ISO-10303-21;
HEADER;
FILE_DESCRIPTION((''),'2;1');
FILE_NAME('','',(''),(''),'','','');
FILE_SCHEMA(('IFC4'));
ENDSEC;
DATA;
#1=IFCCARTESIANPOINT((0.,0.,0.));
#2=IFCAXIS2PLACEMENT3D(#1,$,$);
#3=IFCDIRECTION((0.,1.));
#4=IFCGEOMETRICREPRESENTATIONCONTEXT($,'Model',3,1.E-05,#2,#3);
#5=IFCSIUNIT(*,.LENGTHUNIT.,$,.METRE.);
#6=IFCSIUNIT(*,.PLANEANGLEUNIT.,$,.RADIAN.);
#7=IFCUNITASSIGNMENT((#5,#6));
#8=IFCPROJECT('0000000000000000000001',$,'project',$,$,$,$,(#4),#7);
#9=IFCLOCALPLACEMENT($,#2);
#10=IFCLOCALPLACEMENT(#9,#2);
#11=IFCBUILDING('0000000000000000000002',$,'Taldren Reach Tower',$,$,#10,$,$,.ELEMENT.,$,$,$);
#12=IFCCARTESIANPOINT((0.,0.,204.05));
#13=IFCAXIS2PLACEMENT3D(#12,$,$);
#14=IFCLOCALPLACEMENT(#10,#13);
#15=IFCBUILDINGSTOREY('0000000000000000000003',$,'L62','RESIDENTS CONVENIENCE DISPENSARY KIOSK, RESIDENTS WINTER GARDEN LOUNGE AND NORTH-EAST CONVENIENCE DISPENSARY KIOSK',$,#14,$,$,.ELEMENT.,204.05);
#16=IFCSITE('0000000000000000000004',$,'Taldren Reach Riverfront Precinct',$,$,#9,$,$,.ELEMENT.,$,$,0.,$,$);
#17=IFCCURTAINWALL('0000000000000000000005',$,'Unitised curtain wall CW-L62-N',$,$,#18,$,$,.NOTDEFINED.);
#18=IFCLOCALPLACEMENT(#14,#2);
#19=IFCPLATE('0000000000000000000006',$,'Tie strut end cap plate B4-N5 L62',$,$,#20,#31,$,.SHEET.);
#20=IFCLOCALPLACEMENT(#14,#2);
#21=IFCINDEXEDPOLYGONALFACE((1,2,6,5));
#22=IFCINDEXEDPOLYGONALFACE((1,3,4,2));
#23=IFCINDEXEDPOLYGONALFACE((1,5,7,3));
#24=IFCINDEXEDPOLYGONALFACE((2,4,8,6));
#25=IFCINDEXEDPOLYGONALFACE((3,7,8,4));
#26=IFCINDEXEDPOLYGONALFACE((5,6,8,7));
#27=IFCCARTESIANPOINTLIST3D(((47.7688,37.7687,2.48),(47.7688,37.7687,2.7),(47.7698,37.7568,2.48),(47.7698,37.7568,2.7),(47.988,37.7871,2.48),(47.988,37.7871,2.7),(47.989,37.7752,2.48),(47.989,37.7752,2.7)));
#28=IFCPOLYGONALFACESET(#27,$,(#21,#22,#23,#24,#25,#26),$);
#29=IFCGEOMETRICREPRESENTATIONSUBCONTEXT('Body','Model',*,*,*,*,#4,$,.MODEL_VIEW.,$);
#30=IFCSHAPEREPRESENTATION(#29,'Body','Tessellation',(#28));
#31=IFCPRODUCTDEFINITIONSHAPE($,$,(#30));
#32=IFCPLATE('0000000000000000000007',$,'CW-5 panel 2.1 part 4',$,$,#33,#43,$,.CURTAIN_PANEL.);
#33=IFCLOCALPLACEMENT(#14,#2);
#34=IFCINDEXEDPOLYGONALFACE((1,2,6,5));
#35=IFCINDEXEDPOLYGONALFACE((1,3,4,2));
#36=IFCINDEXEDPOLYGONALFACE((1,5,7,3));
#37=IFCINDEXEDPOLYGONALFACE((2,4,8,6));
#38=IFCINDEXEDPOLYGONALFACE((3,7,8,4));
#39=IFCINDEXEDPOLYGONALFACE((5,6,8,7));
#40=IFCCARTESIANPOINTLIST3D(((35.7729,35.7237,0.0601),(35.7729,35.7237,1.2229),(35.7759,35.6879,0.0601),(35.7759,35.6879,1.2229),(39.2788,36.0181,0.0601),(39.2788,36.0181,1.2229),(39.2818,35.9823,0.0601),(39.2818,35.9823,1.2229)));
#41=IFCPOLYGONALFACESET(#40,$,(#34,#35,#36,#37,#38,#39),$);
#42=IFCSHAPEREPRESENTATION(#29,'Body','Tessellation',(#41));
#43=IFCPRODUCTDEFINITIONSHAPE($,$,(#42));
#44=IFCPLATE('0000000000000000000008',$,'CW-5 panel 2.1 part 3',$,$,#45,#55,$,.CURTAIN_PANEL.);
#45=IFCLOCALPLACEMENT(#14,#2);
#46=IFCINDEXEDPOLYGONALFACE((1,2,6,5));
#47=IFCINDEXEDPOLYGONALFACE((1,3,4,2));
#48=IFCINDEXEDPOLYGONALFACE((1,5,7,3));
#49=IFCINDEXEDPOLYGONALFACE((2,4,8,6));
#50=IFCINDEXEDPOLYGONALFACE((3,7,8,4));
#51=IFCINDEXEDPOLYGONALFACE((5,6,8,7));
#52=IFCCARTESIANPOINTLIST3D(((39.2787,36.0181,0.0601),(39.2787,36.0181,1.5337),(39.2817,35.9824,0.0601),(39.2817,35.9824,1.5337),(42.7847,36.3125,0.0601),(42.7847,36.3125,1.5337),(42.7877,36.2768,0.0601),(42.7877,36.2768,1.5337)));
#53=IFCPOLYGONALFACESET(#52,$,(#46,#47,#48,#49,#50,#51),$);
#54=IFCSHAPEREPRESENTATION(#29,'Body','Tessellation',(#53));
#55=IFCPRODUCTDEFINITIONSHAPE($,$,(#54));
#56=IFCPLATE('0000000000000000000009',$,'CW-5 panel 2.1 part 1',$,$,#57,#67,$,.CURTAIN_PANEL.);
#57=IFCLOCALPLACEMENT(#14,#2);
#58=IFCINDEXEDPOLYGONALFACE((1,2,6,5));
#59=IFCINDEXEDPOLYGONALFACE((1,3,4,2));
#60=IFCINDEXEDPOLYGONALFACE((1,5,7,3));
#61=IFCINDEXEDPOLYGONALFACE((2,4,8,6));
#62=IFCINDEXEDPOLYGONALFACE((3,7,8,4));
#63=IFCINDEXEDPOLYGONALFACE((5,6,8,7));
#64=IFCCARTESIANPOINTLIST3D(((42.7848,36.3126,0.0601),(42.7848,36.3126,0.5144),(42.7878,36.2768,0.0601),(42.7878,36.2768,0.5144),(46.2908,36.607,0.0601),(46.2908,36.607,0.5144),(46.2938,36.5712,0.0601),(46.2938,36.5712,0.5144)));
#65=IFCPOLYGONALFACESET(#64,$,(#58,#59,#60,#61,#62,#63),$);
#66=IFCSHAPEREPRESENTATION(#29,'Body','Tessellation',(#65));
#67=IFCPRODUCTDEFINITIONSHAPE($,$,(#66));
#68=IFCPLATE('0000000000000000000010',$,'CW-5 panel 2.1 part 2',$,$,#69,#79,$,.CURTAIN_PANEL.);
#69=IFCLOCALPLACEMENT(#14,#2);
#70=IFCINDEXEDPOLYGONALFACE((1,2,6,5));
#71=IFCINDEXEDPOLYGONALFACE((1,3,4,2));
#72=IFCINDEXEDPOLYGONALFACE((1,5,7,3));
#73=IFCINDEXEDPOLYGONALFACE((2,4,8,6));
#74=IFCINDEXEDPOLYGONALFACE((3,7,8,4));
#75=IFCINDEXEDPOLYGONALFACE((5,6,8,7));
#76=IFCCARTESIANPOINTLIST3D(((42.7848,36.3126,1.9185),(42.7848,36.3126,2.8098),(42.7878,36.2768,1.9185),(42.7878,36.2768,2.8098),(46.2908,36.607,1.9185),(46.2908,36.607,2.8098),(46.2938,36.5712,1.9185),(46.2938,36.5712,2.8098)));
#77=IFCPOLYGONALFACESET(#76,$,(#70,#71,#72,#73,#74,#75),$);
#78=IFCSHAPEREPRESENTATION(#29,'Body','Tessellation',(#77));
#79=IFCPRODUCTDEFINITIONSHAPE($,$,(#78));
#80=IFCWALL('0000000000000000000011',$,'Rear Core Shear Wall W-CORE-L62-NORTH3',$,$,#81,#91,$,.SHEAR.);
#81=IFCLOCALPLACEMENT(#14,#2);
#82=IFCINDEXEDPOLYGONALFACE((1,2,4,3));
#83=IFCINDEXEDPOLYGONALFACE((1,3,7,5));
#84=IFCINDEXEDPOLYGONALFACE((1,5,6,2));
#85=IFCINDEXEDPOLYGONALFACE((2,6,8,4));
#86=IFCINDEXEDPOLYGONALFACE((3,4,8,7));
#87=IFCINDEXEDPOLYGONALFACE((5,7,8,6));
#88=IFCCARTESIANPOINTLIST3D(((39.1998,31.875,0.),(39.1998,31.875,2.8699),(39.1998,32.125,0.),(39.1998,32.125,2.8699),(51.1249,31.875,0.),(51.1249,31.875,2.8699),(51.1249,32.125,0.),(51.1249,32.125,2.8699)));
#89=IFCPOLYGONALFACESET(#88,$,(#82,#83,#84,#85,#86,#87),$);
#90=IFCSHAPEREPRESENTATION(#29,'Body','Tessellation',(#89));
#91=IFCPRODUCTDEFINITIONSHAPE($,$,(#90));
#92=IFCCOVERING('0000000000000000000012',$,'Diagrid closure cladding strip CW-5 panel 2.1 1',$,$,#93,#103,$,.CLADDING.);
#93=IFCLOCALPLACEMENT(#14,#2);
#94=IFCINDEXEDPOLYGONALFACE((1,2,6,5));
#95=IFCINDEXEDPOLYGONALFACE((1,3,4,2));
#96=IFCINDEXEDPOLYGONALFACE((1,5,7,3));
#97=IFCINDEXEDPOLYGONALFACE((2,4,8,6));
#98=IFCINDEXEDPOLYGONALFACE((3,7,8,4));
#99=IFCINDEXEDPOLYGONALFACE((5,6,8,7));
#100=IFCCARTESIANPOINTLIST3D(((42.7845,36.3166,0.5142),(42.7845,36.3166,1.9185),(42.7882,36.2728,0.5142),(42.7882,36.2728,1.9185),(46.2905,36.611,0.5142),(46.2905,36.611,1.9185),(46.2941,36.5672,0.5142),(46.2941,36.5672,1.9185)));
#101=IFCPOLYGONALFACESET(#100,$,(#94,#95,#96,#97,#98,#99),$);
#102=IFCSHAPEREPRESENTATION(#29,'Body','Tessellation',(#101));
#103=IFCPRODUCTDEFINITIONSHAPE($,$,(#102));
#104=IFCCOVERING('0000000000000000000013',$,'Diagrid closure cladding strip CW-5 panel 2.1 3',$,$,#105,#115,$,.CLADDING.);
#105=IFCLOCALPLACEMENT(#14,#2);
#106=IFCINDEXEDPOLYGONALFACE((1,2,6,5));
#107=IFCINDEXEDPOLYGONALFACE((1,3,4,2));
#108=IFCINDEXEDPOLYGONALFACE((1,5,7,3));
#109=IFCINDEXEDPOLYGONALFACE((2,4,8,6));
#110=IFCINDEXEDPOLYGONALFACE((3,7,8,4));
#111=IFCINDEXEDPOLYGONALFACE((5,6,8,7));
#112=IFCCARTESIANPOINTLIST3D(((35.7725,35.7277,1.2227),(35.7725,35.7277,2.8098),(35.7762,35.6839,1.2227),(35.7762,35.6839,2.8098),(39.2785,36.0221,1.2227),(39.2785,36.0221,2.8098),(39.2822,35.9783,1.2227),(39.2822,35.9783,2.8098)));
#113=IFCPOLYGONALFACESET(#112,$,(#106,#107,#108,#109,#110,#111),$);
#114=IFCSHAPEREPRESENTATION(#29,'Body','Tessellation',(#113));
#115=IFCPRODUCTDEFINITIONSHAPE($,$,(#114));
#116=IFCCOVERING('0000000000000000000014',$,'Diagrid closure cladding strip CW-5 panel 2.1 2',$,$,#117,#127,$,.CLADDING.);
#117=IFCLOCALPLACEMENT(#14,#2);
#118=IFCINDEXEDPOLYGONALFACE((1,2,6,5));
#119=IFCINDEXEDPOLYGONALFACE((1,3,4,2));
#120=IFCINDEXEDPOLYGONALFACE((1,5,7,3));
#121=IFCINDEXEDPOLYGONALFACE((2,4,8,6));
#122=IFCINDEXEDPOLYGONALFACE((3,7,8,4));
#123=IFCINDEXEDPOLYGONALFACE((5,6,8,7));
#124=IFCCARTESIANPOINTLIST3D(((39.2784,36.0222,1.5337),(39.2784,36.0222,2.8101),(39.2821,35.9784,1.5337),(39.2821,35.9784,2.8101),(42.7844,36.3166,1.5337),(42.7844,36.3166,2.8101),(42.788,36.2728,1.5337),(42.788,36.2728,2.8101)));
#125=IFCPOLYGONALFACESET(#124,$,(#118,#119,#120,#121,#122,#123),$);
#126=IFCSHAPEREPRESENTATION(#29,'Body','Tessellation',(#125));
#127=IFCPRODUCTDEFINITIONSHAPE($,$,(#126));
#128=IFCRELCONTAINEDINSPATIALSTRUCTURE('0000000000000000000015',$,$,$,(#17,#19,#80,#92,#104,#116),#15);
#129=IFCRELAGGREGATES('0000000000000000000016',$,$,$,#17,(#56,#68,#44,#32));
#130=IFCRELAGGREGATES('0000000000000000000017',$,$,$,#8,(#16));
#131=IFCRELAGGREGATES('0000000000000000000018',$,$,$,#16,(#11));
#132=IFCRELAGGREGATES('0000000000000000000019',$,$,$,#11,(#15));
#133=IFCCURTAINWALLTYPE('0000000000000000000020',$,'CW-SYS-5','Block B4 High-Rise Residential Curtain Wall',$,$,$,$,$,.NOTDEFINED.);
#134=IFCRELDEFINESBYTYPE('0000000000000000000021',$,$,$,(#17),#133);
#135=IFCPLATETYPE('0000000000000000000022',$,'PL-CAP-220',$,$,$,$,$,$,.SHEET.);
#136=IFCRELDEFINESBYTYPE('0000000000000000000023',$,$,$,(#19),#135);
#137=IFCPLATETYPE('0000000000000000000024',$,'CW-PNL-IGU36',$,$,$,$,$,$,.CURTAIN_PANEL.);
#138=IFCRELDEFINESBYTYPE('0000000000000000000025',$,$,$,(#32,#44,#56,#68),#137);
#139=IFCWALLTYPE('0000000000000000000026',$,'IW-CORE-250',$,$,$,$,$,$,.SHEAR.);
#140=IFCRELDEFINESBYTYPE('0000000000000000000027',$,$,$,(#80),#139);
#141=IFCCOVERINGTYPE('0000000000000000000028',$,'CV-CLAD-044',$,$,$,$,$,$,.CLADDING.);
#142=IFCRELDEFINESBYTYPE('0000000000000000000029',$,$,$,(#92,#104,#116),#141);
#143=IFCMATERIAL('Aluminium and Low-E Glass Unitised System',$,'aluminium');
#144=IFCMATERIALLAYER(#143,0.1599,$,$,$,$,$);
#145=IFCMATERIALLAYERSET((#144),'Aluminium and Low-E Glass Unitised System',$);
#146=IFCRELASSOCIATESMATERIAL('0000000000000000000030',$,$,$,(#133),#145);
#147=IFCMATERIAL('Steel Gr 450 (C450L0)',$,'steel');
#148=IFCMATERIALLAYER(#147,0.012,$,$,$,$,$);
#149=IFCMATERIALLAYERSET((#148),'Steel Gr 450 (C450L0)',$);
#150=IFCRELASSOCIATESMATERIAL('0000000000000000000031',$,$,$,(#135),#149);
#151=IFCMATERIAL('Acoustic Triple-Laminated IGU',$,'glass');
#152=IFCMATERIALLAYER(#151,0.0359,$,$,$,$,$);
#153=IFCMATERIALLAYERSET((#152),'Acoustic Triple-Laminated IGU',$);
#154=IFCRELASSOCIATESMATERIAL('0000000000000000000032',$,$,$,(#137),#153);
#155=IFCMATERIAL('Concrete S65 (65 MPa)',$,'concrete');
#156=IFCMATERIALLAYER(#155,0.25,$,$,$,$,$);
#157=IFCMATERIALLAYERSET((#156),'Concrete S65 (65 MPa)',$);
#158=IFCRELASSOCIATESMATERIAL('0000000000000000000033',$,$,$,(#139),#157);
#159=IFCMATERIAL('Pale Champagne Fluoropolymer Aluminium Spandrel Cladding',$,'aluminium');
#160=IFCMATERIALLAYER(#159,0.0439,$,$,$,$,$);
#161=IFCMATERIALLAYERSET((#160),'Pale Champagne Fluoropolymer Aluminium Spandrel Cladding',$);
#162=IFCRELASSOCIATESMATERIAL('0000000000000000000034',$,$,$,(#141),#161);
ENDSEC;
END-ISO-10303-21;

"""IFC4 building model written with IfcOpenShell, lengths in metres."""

from ifc_helpers import new_model, si_unit, direction, frame, frame_2d, origin, origin_2d, place, context, subcontext, project, spatial, rectangle, extrude, source, transform, mapped, material, layer, layer_set, type_object, element, aggregate, save


model = new_model("IFC4")

# Units and contexts
model_context = context("Model", 3, precision=1e-05, world=origin(), true_north=direction((0.0, 1.0)))
body_context = subcontext(model_context, "Body", "Model", "MODEL_VIEW")
ifc_project = project(units=[si_unit("LENGTHUNIT", "METRE"), si_unit("PLANEANGLEUNIT", "RADIAN")], contexts=[model_context])

# Site, building, storey
site_placement = place(None, origin())
site = spatial("IfcSite", under=ifc_project, at=site_placement, Name="Taldren Reach Riverfront Precinct", CompositionType="ELEMENT", RefElevation=0.0)
building_placement = place(site_placement, origin())
building = spatial("IfcBuilding", under=site, at=building_placement, Name="Taldren Reach Tower", CompositionType="ELEMENT")
storey_placement = place(building_placement, frame((0.0, 0.0, 204.05)))
storey = spatial("IfcBuildingStorey", under=building, at=storey_placement, Name="L62", Description="RESIDENTS CONVENIENCE DISPENSARY KIOSK, RESIDENTS WINTER GARDEN LOUNGE AND NORTH-EAST CONVENIENCE DISPENSARY KIOSK", CompositionType="ELEMENT", Elevation=204.05)

# Shared definitions
ifc_material_1 = material(Name="Steel Gr 450 (C450L0)", Category="steel")

# Curtain wall
ifc_material_2 = material(Name="Aluminium and Low-E Glass Unitised System", Category="aluminium")
ifc_layer_1 = layer(ifc_material_2, 0.1599)
ifc_layer_set_1 = layer_set([ifc_layer_1], Name="Aluminium and Low-E Glass Unitised System")
curtain_wall_type = type_object("IfcCurtainWallType", Name="CW-SYS-5", Description="Block B4 High-Rise Residential Curtain Wall", PredefinedType="NOTDEFINED", material=ifc_layer_set_1)
curtain_wall_placement = place(storey_placement, origin())
curtain_wall = element("IfcCurtainWall", 1, at=curtain_wall_placement, inside=storey, type_object=curtain_wall_type, Name="Unitised curtain wall CW-L62-N", PredefinedType="NOTDEFINED")

# Plate
ifc_layer_2 = layer(ifc_material_1, 0.012)
ifc_layer_set_2 = layer_set([ifc_layer_2], Name="Steel Gr 450 (C450L0)")
plate_type_1 = type_object("IfcPlateType", Name="PL-CAP-220", PredefinedType="SHEET", material=ifc_layer_set_2)
shared_shape_1 = source(origin(), body_context, "Body", "SweptSolid", [
    extrude(rectangle(XDim=0.22, YDim=0.012, at=origin_2d()), origin(), (0.0, 0.0, 1.0), 0.22),
])
plate_1_placement = place(storey_placement, frame((47.8789, 37.772, 2.48), z_axis=(0.0, 0.0, 1.0), x_axis=(0.996493, 0.083678, 0.0)))
element("IfcPlate", 2, at=plate_1_placement, inside=storey, type_object=plate_type_1, Name="Tie strut end cap plate B4-N5 L62", PredefinedType="SHEET", context=body_context, shape_type="MappedRepresentation", body=[
    mapped(shared_shape_1, transform((0.0, 0.0, 0.0), scale=1.0)),
])

# Plates
ifc_material_3 = material(Name="Acoustic Triple-Laminated IGU", Category="glass")
ifc_layer_3 = layer(ifc_material_3, 0.0359)
ifc_layer_set_3 = layer_set([ifc_layer_3], Name="Acoustic Triple-Laminated IGU")
plate_type_2 = type_object("IfcPlateType", Name="CW-PNL-IGU36", PredefinedType="CURTAIN_PANEL", material=ifc_layer_set_3)
shared_shape_2 = source(origin(), body_context, "Body", "SweptSolid", [
    extrude(rectangle(XDim=3.5183, YDim=0.0359, at=origin_2d()), origin(), (0.0, 0.0, 1.0), 1.1628),
])
plate_2_placement = place(storey_placement, frame((37.5273, 35.853, 0.0601), z_axis=(0.0, 0.0, 1.0), x_axis=(-0.996493, -0.083678, 0.0)))
plate_2 = element("IfcPlate", 3, at=plate_2_placement, type_object=plate_type_2, Name="CW-5 panel 2.1 part 4", PredefinedType="CURTAIN_PANEL", context=body_context, shape_type="MappedRepresentation", body=[
    mapped(shared_shape_2, transform((0.0, 0.0, 0.0), scale=1.0)),
])
shared_shape_3 = source(origin(), body_context, "Body", "SweptSolid", [
    extrude(rectangle(XDim=3.5183, YDim=0.0359, at=origin_2d()), origin(), (0.0, 0.0, 1.0), 1.4736),
])
plate_3_placement = place(storey_placement, frame((41.0332, 36.1475, 0.0601), z_axis=(0.0, 0.0, 1.0), x_axis=(-0.996493, -0.083678, 0.0)))
plate_3 = element("IfcPlate", 4, at=plate_3_placement, type_object=plate_type_2, Name="CW-5 panel 2.1 part 3", PredefinedType="CURTAIN_PANEL", context=body_context, shape_type="MappedRepresentation", body=[
    mapped(shared_shape_3, transform((0.0, 0.0, 0.0), scale=1.0)),
])
shared_shape_4 = source(origin(), body_context, "Body", "SweptSolid", [
    extrude(rectangle(XDim=3.5183, YDim=0.0359, at=origin_2d()), origin(), (0.0, 0.0, 1.0), 0.4543),
])
plate_4_placement = place(storey_placement, frame((44.5393, 36.4419, 0.0601), z_axis=(0.0, 0.0, 1.0), x_axis=(-0.996493, -0.083678, 0.0)))
plate_4 = element("IfcPlate", 5, at=plate_4_placement, type_object=plate_type_2, Name="CW-5 panel 2.1 part 1", PredefinedType="CURTAIN_PANEL", context=body_context, shape_type="MappedRepresentation", body=[
    mapped(shared_shape_4, transform((0.0, 0.0, 0.0), scale=1.0)),
])
shared_shape_5 = source(origin(), body_context, "Body", "SweptSolid", [
    extrude(rectangle(XDim=3.5183, YDim=0.0359, at=origin_2d()), origin(), (0.0, 0.0, 1.0), 0.8914),
])
plate_5_placement = place(storey_placement, frame((44.5393, 36.4419, 1.9185), z_axis=(0.0, 0.0, 1.0), x_axis=(-0.996493, -0.083678, 0.0)))
plate_5 = element("IfcPlate", 6, at=plate_5_placement, type_object=plate_type_2, Name="CW-5 panel 2.1 part 2", PredefinedType="CURTAIN_PANEL", context=body_context, shape_type="MappedRepresentation", body=[
    mapped(shared_shape_5, transform((0.0, 0.0, 0.0), scale=1.0)),
])
aggregate(curtain_wall, [plate_4, plate_5, plate_3, plate_2])

# Wall
ifc_material_4 = material(Name="Concrete S65 (65 MPa)", Category="concrete")
ifc_layer_4 = layer(ifc_material_4, 0.25)
ifc_layer_set_4 = layer_set([ifc_layer_4], Name="Concrete S65 (65 MPa)")
wall_type = type_object("IfcWallType", Name="IW-CORE-250", PredefinedType="SHEAR", material=ifc_layer_set_4)
shared_shape_6 = source(origin(), body_context, "Body", "SweptSolid", [
    extrude(rectangle(XDim=11.925, YDim=0.25, at=frame_2d((5.9624, 0.0))), origin(), (0.0, 0.0, 1.0), 2.8699),
])
wall_placement = place(storey_placement, frame((39.2, 32.0, 0.0), z_axis=(0.0, 0.0, 1.0), x_axis=(1.0, 0.0, 0.0)))
element("IfcWall", 7, at=wall_placement, inside=storey, type_object=wall_type, Name="Rear Core Shear Wall W-CORE-L62-NORTH3", PredefinedType="SHEAR", context=body_context, shape_type="MappedRepresentation", body=[
    mapped(shared_shape_6, transform((0.0, 0.0, 0.0), scale=1.0)),
])

# Coverings
ifc_material_5 = material(Name="Pale Champagne Fluoropolymer Aluminium Spandrel Cladding", Category="aluminium")
ifc_layer_5 = layer(ifc_material_5, 0.0439)
ifc_layer_set_5 = layer_set([ifc_layer_5], Name="Pale Champagne Fluoropolymer Aluminium Spandrel Cladding")
covering_type = type_object("IfcCoveringType", Name="CV-CLAD-044", PredefinedType="CLADDING", material=ifc_layer_set_5)
shared_shape_7 = source(origin(), body_context, "Body", "SweptSolid", [
    extrude(rectangle(XDim=3.5183, YDim=0.0439, at=origin_2d()), origin(), (0.0, 0.0, 1.0), 1.4043),
])
covering_1_placement = place(storey_placement, frame((44.5393, 36.4419, 0.5142), z_axis=(0.0, 0.0, 1.0), x_axis=(-0.996493, -0.083678, 0.0)))
element("IfcCovering", 8, at=covering_1_placement, inside=storey, type_object=covering_type, Name="Diagrid closure cladding strip CW-5 panel 2.1 1", PredefinedType="CLADDING", context=body_context, shape_type="MappedRepresentation", body=[
    mapped(shared_shape_7, transform((0.0, 0.0, 0.0), scale=1.0)),
])
shared_shape_8 = source(origin(), body_context, "Body", "SweptSolid", [
    extrude(rectangle(XDim=3.5183, YDim=0.0439, at=origin_2d()), origin(), (0.0, 0.0, 1.0), 1.5872),
])
covering_2_placement = place(storey_placement, frame((37.5273, 35.853, 1.2227), z_axis=(0.0, 0.0, 1.0), x_axis=(-0.996493, -0.083678, 0.0)))
element("IfcCovering", 9, at=covering_2_placement, inside=storey, type_object=covering_type, Name="Diagrid closure cladding strip CW-5 panel 2.1 3", PredefinedType="CLADDING", context=body_context, shape_type="MappedRepresentation", body=[
    mapped(shared_shape_8, transform((0.0, 0.0, 0.0), scale=1.0)),
])
shared_shape_9 = source(origin(), body_context, "Body", "SweptSolid", [
    extrude(rectangle(XDim=3.5183, YDim=0.0439, at=origin_2d()), origin(), (0.0, 0.0, 1.0), 1.2764),
])
covering_3_placement = place(storey_placement, frame((41.0332, 36.1475, 1.5337), z_axis=(0.0, 0.0, 1.0), x_axis=(-0.996493, -0.083678, 0.0)))
element("IfcCovering", 10, at=covering_3_placement, inside=storey, type_object=covering_type, Name="Diagrid closure cladding strip CW-5 panel 2.1 2", PredefinedType="CLADDING", context=body_context, shape_type="MappedRepresentation", body=[
    mapped(shared_shape_9, transform((0.0, 0.0, 0.0), scale=1.0)),
])

save(model, "model.ifc")
